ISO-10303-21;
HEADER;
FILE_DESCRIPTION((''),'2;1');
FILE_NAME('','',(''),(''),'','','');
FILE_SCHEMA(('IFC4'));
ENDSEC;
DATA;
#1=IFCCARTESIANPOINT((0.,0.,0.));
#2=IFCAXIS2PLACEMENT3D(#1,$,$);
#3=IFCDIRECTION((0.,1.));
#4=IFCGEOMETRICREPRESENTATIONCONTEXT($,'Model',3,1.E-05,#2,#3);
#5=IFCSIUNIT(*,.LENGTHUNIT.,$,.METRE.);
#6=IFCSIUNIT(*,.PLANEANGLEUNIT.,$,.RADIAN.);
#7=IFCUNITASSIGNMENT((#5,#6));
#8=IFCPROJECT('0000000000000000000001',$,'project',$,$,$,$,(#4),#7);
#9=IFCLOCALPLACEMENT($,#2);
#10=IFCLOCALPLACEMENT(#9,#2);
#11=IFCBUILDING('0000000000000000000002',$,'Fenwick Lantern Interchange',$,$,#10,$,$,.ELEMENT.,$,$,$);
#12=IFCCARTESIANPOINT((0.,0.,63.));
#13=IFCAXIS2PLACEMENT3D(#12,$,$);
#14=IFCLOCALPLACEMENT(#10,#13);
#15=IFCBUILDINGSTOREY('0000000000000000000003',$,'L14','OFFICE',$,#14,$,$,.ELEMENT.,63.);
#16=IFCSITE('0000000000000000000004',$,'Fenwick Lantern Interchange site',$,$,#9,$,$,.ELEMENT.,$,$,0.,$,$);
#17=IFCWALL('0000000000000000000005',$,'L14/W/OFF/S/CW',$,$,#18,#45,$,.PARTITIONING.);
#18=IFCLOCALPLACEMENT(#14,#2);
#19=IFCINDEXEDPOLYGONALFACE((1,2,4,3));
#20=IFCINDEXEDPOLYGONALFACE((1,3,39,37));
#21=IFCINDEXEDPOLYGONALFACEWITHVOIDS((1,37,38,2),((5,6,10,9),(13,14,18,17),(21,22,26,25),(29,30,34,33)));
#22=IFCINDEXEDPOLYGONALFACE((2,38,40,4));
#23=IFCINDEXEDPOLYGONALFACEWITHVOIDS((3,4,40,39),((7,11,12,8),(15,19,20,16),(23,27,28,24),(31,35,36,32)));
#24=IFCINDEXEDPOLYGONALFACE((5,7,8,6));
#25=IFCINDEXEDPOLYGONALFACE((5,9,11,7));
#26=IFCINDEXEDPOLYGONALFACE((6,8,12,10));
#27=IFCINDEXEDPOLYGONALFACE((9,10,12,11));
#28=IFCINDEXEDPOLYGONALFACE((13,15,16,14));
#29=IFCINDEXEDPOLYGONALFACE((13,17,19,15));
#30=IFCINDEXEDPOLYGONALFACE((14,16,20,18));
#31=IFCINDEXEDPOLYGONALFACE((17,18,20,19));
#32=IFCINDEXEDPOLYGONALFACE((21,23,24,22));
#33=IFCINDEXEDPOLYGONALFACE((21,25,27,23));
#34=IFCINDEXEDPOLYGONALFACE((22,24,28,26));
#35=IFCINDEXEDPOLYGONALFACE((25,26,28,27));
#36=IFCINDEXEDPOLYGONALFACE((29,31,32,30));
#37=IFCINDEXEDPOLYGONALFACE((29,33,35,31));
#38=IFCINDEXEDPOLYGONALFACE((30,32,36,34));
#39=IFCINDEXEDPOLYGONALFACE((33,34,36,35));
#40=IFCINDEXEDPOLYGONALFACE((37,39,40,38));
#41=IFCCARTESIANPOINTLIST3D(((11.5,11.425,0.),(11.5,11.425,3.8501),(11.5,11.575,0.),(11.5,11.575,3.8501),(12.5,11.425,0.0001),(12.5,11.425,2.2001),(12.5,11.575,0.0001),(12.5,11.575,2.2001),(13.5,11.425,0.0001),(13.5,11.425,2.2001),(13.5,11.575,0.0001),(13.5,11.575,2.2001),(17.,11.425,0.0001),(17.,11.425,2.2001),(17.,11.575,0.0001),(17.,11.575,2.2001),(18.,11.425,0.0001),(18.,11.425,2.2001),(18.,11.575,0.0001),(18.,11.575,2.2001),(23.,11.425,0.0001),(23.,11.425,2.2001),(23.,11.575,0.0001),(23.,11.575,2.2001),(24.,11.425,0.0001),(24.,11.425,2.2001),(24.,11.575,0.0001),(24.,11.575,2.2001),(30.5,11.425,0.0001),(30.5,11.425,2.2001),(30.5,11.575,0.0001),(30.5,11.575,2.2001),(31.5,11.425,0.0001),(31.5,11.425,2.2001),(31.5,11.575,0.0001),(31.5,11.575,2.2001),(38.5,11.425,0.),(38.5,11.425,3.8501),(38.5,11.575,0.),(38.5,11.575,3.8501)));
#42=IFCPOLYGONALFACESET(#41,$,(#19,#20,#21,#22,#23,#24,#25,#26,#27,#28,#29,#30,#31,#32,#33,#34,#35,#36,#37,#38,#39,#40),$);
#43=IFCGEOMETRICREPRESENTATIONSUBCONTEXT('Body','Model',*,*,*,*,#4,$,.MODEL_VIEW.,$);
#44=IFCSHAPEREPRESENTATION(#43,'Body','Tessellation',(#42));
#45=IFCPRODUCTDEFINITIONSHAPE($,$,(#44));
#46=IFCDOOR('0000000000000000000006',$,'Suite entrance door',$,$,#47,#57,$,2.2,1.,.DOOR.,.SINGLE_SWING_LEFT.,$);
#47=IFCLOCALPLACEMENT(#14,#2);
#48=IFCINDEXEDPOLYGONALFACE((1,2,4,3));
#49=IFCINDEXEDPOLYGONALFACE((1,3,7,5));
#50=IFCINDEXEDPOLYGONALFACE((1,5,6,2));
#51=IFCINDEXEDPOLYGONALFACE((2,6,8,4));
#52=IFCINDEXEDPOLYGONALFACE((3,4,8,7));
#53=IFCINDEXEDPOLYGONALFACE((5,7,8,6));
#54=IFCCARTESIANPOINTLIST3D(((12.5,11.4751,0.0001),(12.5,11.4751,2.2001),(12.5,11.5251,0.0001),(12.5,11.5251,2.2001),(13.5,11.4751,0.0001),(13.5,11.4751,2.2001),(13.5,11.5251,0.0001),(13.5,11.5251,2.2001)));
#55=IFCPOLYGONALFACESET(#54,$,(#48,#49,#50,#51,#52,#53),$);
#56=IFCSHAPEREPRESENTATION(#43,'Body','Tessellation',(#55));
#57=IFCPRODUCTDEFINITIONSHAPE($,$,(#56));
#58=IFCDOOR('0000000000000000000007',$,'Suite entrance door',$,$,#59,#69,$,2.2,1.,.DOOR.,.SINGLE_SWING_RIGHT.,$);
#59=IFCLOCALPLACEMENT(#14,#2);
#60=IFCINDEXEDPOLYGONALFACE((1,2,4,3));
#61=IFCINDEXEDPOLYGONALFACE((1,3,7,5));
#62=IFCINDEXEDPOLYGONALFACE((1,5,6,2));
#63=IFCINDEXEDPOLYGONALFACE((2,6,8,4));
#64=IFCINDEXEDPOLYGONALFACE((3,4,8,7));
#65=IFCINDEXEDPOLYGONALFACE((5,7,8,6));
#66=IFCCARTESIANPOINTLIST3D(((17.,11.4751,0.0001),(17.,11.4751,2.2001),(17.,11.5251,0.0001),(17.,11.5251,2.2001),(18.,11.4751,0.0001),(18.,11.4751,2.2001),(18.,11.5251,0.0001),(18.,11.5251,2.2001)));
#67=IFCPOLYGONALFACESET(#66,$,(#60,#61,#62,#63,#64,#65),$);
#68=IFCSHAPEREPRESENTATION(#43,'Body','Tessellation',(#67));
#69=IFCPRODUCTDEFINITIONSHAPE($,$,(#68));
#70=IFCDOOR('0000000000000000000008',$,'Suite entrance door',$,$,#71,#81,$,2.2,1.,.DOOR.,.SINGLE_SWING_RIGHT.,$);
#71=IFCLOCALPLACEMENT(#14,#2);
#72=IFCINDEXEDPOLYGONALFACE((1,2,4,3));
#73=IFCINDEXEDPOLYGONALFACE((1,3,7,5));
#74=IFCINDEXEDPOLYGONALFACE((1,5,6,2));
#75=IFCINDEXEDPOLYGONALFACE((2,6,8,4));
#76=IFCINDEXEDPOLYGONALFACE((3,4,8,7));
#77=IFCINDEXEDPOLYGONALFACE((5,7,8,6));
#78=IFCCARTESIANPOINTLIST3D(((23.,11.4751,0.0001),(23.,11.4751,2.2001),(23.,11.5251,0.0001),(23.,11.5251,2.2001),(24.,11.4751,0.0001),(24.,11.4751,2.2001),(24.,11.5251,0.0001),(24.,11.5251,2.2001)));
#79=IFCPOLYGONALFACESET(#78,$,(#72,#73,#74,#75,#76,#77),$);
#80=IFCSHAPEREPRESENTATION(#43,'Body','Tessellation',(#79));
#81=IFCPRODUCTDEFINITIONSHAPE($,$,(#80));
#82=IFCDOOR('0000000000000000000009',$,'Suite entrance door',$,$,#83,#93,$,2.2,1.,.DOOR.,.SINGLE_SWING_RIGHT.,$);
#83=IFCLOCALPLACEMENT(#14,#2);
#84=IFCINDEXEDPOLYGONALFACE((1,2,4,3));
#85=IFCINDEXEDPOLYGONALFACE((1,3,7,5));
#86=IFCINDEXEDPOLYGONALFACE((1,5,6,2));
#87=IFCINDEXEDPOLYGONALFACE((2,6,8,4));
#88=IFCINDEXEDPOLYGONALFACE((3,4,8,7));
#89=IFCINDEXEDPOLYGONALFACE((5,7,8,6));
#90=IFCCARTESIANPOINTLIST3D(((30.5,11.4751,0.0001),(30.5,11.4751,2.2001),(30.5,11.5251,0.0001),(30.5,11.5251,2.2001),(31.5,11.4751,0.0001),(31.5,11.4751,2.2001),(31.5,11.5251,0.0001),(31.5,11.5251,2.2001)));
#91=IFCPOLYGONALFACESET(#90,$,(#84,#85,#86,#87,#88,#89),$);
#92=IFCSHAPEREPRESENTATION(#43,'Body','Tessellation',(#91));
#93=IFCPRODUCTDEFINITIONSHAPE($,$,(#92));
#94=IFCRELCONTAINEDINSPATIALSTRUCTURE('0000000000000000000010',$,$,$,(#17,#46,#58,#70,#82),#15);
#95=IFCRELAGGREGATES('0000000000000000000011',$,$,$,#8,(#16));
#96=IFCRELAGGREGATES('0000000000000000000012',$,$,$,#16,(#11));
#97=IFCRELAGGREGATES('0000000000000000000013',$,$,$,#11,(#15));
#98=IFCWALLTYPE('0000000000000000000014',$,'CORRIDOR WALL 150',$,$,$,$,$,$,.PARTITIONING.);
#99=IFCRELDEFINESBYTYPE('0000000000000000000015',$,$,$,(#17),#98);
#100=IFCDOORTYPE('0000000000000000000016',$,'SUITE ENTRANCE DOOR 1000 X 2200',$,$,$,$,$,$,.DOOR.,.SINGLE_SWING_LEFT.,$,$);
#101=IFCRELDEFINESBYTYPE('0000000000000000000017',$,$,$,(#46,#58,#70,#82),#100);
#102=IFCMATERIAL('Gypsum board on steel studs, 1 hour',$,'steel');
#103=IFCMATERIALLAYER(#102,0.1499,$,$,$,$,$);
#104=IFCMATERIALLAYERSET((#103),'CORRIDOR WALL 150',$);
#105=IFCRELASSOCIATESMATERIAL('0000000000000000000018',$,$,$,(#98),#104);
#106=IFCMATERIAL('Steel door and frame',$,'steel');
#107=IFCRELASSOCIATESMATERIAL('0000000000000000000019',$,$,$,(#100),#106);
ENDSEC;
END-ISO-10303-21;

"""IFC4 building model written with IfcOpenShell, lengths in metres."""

from ifc_helpers import new_model, si_unit, direction, frame, frame_2d, origin, place, context, subcontext, project, spatial, rectangle, extrude, material, layer, layer_set, type_object, element, fill, save


model = new_model("IFC4")

# Units and contexts
model_context = context("Model", 3, precision=1e-05, world=origin(), true_north=direction((0.0, 1.0)))
body_context = subcontext(model_context, "Body", "Model", "MODEL_VIEW")
ifc_project = project(units=[si_unit("LENGTHUNIT", "METRE"), si_unit("PLANEANGLEUNIT", "RADIAN")], contexts=[model_context])

# Site, building, storey
site_placement = place(None, origin())
site = spatial("IfcSite", under=ifc_project, at=site_placement, Name="Fenwick Lantern Interchange site", CompositionType="ELEMENT", RefElevation=0.0)
building_placement = place(site_placement, origin())
building = spatial("IfcBuilding", under=site, at=building_placement, Name="Fenwick Lantern Interchange", CompositionType="ELEMENT")
storey_placement = place(building_placement, frame((0.0, 0.0, 63.0)))
storey = spatial("IfcBuildingStorey", under=building, at=storey_placement, Name="L14", Description="OFFICE", CompositionType="ELEMENT", Elevation=63.0)

# Shared definitions
ifc_material_1 = material(Name="Steel door and frame", Category="steel")

# Wall, openings, doors
ifc_material_2 = material(Name="Gypsum board on steel studs, 1 hour", Category="steel")
ifc_layer_1 = layer(ifc_material_2, 0.1499)
ifc_layer_set_1 = layer_set([ifc_layer_1], Name="CORRIDOR WALL 150")
wall_type_1 = type_object("IfcWallType", Name="CORRIDOR WALL 150", PredefinedType="PARTITIONING", material=ifc_layer_set_1)
wall_1_placement = place(storey_placement, frame((11.5, 11.5, 0.0), z_axis=(0.0, 0.0, 1.0), x_axis=(1.0, 0.0, 0.0)))
wall_1 = element("IfcWall", 1, at=wall_1_placement, inside=storey, type_object=wall_type_1, Name="L14/W/OFF/S/CW", PredefinedType="PARTITIONING", context=body_context, shape_type="SweptSolid", body=[
    extrude(rectangle(XDim=27.0, YDim=0.1499, at=frame_2d((13.5, 0.0))), origin(), (0.0, 0.0, 1.0), 3.8501),
])
opening_1_placement = place(wall_1_placement, frame((1.0, 0.0, 0.0)))
opening_1 = element("IfcOpeningElement", 2, at=opening_1_placement, cuts=wall_1, PredefinedType="OPENING", context=body_context, shape_type="SweptSolid", body=[
    extrude(rectangle(XDim=1.0, YDim=2.2, at=frame_2d((0.5, 1.1001))), frame((0.0, 0.085, 0.0), z_axis=(0.0, -1.0, 0.0), x_axis=(1.0, 0.0, 0.0)), (0.0, 0.0, 1.0), 0.1699),
])
opening_2_placement = place(wall_1_placement, frame((5.5, 0.0, 0.0)))
opening_2 = element("IfcOpeningElement", 3, at=opening_2_placement, cuts=wall_1, PredefinedType="OPENING", context=body_context, shape_type="SweptSolid", body=[
    extrude(rectangle(XDim=1.0, YDim=2.2, at=frame_2d((0.5, 1.1001))), frame((0.0, 0.085, 0.0), z_axis=(0.0, -1.0, 0.0), x_axis=(1.0, 0.0, 0.0)), (0.0, 0.0, 1.0), 0.1699),
])
opening_3_placement = place(wall_1_placement, frame((11.5, 0.0, 0.0)))
opening_3 = element("IfcOpeningElement", 4, at=opening_3_placement, cuts=wall_1, PredefinedType="OPENING", context=body_context, shape_type="SweptSolid", body=[
    extrude(rectangle(XDim=1.0, YDim=2.2, at=frame_2d((0.5, 1.1001))), frame((0.0, 0.085, 0.0), z_axis=(0.0, -1.0, 0.0), x_axis=(1.0, 0.0, 0.0)), (0.0, 0.0, 1.0), 0.1699),
])
opening_4_placement = place(wall_1_placement, frame((19.0, 0.0, 0.0)))
opening_4 = element("IfcOpeningElement", 5, at=opening_4_placement, cuts=wall_1, PredefinedType="OPENING", context=body_context, shape_type="SweptSolid", body=[
    extrude(rectangle(XDim=1.0, YDim=2.2, at=frame_2d((0.5, 1.1001))), frame((0.0, 0.085, 0.0), z_axis=(0.0, -1.0, 0.0), x_axis=(1.0, 0.0, 0.0)), (0.0, 0.0, 1.0), 0.1699),
])
door_type_1 = type_object("IfcDoorType", Name="SUITE ENTRANCE DOOR 1000 X 2200", OperationType="SINGLE_SWING_LEFT", PredefinedType="DOOR", material=ifc_material_1)
door_1_placement = place(opening_1_placement, frame((1.0, 0.0, 0.0), z_axis=(0.0, 0.0, 1.0), x_axis=(-1.0, 0.0, 0.0)))
door_1 = element("IfcDoor", 6, at=door_1_placement, inside=storey, type_object=door_type_1, Name="Suite entrance door", OperationType="SINGLE_SWING_LEFT", OverallHeight=2.2, OverallWidth=1.0, PredefinedType="DOOR", context=body_context, shape_type="SweptSolid", body=[
    extrude(rectangle(XDim=1.0, YDim=2.2, at=frame_2d((0.5, 1.1001))), frame((0.0, 0.0249, 0.0), z_axis=(0.0, -1.0, 0.0), x_axis=(1.0, 0.0, 0.0)), (0.0, 0.0, 1.0), 0.05),
])
fill(opening_1, door_1)
door_2_placement = place(opening_2_placement, frame((1.0, 0.0, 0.0), z_axis=(0.0, 0.0, 1.0), x_axis=(-1.0, 0.0, 0.0)))
door_2 = element("IfcDoor", 7, at=door_2_placement, inside=storey, type_object=door_type_1, Name="Suite entrance door", OperationType="SINGLE_SWING_RIGHT", OverallHeight=2.2, OverallWidth=1.0, PredefinedType="DOOR", context=body_context, shape_type="SweptSolid", body=[
    extrude(rectangle(XDim=1.0, YDim=2.2, at=frame_2d((0.5, 1.1001))), frame((0.0, 0.0249, 0.0), z_axis=(0.0, -1.0, 0.0), x_axis=(1.0, 0.0, 0.0)), (0.0, 0.0, 1.0), 0.05),
])
fill(opening_2, door_2)
door_3_placement = place(opening_3_placement, frame((1.0, 0.0, 0.0), z_axis=(0.0, 0.0, 1.0), x_axis=(-1.0, 0.0, 0.0)))
door_3 = element("IfcDoor", 8, at=door_3_placement, inside=storey, type_object=door_type_1, Name="Suite entrance door", OperationType="SINGLE_SWING_RIGHT", OverallHeight=2.2, OverallWidth=1.0, PredefinedType="DOOR", context=body_context, shape_type="SweptSolid", body=[
    extrude(rectangle(XDim=1.0, YDim=2.2, at=frame_2d((0.5, 1.1001))), frame((0.0, 0.0249, 0.0), z_axis=(0.0, -1.0, 0.0), x_axis=(1.0, 0.0, 0.0)), (0.0, 0.0, 1.0), 0.05),
])
fill(opening_3, door_3)
door_4_placement = place(opening_4_placement, frame((1.0, 0.0, 0.0), z_axis=(0.0, 0.0, 1.0), x_axis=(-1.0, 0.0, 0.0)))
door_4 = element("IfcDoor", 9, at=door_4_placement, inside=storey, type_object=door_type_1, Name="Suite entrance door", OperationType="SINGLE_SWING_RIGHT", OverallHeight=2.2, OverallWidth=1.0, PredefinedType="DOOR", context=body_context, shape_type="SweptSolid", body=[
    extrude(rectangle(XDim=1.0, YDim=2.2, at=frame_2d((0.5, 1.1001))), frame((0.0, 0.0249, 0.0), z_axis=(0.0, -1.0, 0.0), x_axis=(1.0, 0.0, 0.0)), (0.0, 0.0, 1.0), 0.05),
])
fill(opening_4, door_4)

save(model, "model.ifc")
